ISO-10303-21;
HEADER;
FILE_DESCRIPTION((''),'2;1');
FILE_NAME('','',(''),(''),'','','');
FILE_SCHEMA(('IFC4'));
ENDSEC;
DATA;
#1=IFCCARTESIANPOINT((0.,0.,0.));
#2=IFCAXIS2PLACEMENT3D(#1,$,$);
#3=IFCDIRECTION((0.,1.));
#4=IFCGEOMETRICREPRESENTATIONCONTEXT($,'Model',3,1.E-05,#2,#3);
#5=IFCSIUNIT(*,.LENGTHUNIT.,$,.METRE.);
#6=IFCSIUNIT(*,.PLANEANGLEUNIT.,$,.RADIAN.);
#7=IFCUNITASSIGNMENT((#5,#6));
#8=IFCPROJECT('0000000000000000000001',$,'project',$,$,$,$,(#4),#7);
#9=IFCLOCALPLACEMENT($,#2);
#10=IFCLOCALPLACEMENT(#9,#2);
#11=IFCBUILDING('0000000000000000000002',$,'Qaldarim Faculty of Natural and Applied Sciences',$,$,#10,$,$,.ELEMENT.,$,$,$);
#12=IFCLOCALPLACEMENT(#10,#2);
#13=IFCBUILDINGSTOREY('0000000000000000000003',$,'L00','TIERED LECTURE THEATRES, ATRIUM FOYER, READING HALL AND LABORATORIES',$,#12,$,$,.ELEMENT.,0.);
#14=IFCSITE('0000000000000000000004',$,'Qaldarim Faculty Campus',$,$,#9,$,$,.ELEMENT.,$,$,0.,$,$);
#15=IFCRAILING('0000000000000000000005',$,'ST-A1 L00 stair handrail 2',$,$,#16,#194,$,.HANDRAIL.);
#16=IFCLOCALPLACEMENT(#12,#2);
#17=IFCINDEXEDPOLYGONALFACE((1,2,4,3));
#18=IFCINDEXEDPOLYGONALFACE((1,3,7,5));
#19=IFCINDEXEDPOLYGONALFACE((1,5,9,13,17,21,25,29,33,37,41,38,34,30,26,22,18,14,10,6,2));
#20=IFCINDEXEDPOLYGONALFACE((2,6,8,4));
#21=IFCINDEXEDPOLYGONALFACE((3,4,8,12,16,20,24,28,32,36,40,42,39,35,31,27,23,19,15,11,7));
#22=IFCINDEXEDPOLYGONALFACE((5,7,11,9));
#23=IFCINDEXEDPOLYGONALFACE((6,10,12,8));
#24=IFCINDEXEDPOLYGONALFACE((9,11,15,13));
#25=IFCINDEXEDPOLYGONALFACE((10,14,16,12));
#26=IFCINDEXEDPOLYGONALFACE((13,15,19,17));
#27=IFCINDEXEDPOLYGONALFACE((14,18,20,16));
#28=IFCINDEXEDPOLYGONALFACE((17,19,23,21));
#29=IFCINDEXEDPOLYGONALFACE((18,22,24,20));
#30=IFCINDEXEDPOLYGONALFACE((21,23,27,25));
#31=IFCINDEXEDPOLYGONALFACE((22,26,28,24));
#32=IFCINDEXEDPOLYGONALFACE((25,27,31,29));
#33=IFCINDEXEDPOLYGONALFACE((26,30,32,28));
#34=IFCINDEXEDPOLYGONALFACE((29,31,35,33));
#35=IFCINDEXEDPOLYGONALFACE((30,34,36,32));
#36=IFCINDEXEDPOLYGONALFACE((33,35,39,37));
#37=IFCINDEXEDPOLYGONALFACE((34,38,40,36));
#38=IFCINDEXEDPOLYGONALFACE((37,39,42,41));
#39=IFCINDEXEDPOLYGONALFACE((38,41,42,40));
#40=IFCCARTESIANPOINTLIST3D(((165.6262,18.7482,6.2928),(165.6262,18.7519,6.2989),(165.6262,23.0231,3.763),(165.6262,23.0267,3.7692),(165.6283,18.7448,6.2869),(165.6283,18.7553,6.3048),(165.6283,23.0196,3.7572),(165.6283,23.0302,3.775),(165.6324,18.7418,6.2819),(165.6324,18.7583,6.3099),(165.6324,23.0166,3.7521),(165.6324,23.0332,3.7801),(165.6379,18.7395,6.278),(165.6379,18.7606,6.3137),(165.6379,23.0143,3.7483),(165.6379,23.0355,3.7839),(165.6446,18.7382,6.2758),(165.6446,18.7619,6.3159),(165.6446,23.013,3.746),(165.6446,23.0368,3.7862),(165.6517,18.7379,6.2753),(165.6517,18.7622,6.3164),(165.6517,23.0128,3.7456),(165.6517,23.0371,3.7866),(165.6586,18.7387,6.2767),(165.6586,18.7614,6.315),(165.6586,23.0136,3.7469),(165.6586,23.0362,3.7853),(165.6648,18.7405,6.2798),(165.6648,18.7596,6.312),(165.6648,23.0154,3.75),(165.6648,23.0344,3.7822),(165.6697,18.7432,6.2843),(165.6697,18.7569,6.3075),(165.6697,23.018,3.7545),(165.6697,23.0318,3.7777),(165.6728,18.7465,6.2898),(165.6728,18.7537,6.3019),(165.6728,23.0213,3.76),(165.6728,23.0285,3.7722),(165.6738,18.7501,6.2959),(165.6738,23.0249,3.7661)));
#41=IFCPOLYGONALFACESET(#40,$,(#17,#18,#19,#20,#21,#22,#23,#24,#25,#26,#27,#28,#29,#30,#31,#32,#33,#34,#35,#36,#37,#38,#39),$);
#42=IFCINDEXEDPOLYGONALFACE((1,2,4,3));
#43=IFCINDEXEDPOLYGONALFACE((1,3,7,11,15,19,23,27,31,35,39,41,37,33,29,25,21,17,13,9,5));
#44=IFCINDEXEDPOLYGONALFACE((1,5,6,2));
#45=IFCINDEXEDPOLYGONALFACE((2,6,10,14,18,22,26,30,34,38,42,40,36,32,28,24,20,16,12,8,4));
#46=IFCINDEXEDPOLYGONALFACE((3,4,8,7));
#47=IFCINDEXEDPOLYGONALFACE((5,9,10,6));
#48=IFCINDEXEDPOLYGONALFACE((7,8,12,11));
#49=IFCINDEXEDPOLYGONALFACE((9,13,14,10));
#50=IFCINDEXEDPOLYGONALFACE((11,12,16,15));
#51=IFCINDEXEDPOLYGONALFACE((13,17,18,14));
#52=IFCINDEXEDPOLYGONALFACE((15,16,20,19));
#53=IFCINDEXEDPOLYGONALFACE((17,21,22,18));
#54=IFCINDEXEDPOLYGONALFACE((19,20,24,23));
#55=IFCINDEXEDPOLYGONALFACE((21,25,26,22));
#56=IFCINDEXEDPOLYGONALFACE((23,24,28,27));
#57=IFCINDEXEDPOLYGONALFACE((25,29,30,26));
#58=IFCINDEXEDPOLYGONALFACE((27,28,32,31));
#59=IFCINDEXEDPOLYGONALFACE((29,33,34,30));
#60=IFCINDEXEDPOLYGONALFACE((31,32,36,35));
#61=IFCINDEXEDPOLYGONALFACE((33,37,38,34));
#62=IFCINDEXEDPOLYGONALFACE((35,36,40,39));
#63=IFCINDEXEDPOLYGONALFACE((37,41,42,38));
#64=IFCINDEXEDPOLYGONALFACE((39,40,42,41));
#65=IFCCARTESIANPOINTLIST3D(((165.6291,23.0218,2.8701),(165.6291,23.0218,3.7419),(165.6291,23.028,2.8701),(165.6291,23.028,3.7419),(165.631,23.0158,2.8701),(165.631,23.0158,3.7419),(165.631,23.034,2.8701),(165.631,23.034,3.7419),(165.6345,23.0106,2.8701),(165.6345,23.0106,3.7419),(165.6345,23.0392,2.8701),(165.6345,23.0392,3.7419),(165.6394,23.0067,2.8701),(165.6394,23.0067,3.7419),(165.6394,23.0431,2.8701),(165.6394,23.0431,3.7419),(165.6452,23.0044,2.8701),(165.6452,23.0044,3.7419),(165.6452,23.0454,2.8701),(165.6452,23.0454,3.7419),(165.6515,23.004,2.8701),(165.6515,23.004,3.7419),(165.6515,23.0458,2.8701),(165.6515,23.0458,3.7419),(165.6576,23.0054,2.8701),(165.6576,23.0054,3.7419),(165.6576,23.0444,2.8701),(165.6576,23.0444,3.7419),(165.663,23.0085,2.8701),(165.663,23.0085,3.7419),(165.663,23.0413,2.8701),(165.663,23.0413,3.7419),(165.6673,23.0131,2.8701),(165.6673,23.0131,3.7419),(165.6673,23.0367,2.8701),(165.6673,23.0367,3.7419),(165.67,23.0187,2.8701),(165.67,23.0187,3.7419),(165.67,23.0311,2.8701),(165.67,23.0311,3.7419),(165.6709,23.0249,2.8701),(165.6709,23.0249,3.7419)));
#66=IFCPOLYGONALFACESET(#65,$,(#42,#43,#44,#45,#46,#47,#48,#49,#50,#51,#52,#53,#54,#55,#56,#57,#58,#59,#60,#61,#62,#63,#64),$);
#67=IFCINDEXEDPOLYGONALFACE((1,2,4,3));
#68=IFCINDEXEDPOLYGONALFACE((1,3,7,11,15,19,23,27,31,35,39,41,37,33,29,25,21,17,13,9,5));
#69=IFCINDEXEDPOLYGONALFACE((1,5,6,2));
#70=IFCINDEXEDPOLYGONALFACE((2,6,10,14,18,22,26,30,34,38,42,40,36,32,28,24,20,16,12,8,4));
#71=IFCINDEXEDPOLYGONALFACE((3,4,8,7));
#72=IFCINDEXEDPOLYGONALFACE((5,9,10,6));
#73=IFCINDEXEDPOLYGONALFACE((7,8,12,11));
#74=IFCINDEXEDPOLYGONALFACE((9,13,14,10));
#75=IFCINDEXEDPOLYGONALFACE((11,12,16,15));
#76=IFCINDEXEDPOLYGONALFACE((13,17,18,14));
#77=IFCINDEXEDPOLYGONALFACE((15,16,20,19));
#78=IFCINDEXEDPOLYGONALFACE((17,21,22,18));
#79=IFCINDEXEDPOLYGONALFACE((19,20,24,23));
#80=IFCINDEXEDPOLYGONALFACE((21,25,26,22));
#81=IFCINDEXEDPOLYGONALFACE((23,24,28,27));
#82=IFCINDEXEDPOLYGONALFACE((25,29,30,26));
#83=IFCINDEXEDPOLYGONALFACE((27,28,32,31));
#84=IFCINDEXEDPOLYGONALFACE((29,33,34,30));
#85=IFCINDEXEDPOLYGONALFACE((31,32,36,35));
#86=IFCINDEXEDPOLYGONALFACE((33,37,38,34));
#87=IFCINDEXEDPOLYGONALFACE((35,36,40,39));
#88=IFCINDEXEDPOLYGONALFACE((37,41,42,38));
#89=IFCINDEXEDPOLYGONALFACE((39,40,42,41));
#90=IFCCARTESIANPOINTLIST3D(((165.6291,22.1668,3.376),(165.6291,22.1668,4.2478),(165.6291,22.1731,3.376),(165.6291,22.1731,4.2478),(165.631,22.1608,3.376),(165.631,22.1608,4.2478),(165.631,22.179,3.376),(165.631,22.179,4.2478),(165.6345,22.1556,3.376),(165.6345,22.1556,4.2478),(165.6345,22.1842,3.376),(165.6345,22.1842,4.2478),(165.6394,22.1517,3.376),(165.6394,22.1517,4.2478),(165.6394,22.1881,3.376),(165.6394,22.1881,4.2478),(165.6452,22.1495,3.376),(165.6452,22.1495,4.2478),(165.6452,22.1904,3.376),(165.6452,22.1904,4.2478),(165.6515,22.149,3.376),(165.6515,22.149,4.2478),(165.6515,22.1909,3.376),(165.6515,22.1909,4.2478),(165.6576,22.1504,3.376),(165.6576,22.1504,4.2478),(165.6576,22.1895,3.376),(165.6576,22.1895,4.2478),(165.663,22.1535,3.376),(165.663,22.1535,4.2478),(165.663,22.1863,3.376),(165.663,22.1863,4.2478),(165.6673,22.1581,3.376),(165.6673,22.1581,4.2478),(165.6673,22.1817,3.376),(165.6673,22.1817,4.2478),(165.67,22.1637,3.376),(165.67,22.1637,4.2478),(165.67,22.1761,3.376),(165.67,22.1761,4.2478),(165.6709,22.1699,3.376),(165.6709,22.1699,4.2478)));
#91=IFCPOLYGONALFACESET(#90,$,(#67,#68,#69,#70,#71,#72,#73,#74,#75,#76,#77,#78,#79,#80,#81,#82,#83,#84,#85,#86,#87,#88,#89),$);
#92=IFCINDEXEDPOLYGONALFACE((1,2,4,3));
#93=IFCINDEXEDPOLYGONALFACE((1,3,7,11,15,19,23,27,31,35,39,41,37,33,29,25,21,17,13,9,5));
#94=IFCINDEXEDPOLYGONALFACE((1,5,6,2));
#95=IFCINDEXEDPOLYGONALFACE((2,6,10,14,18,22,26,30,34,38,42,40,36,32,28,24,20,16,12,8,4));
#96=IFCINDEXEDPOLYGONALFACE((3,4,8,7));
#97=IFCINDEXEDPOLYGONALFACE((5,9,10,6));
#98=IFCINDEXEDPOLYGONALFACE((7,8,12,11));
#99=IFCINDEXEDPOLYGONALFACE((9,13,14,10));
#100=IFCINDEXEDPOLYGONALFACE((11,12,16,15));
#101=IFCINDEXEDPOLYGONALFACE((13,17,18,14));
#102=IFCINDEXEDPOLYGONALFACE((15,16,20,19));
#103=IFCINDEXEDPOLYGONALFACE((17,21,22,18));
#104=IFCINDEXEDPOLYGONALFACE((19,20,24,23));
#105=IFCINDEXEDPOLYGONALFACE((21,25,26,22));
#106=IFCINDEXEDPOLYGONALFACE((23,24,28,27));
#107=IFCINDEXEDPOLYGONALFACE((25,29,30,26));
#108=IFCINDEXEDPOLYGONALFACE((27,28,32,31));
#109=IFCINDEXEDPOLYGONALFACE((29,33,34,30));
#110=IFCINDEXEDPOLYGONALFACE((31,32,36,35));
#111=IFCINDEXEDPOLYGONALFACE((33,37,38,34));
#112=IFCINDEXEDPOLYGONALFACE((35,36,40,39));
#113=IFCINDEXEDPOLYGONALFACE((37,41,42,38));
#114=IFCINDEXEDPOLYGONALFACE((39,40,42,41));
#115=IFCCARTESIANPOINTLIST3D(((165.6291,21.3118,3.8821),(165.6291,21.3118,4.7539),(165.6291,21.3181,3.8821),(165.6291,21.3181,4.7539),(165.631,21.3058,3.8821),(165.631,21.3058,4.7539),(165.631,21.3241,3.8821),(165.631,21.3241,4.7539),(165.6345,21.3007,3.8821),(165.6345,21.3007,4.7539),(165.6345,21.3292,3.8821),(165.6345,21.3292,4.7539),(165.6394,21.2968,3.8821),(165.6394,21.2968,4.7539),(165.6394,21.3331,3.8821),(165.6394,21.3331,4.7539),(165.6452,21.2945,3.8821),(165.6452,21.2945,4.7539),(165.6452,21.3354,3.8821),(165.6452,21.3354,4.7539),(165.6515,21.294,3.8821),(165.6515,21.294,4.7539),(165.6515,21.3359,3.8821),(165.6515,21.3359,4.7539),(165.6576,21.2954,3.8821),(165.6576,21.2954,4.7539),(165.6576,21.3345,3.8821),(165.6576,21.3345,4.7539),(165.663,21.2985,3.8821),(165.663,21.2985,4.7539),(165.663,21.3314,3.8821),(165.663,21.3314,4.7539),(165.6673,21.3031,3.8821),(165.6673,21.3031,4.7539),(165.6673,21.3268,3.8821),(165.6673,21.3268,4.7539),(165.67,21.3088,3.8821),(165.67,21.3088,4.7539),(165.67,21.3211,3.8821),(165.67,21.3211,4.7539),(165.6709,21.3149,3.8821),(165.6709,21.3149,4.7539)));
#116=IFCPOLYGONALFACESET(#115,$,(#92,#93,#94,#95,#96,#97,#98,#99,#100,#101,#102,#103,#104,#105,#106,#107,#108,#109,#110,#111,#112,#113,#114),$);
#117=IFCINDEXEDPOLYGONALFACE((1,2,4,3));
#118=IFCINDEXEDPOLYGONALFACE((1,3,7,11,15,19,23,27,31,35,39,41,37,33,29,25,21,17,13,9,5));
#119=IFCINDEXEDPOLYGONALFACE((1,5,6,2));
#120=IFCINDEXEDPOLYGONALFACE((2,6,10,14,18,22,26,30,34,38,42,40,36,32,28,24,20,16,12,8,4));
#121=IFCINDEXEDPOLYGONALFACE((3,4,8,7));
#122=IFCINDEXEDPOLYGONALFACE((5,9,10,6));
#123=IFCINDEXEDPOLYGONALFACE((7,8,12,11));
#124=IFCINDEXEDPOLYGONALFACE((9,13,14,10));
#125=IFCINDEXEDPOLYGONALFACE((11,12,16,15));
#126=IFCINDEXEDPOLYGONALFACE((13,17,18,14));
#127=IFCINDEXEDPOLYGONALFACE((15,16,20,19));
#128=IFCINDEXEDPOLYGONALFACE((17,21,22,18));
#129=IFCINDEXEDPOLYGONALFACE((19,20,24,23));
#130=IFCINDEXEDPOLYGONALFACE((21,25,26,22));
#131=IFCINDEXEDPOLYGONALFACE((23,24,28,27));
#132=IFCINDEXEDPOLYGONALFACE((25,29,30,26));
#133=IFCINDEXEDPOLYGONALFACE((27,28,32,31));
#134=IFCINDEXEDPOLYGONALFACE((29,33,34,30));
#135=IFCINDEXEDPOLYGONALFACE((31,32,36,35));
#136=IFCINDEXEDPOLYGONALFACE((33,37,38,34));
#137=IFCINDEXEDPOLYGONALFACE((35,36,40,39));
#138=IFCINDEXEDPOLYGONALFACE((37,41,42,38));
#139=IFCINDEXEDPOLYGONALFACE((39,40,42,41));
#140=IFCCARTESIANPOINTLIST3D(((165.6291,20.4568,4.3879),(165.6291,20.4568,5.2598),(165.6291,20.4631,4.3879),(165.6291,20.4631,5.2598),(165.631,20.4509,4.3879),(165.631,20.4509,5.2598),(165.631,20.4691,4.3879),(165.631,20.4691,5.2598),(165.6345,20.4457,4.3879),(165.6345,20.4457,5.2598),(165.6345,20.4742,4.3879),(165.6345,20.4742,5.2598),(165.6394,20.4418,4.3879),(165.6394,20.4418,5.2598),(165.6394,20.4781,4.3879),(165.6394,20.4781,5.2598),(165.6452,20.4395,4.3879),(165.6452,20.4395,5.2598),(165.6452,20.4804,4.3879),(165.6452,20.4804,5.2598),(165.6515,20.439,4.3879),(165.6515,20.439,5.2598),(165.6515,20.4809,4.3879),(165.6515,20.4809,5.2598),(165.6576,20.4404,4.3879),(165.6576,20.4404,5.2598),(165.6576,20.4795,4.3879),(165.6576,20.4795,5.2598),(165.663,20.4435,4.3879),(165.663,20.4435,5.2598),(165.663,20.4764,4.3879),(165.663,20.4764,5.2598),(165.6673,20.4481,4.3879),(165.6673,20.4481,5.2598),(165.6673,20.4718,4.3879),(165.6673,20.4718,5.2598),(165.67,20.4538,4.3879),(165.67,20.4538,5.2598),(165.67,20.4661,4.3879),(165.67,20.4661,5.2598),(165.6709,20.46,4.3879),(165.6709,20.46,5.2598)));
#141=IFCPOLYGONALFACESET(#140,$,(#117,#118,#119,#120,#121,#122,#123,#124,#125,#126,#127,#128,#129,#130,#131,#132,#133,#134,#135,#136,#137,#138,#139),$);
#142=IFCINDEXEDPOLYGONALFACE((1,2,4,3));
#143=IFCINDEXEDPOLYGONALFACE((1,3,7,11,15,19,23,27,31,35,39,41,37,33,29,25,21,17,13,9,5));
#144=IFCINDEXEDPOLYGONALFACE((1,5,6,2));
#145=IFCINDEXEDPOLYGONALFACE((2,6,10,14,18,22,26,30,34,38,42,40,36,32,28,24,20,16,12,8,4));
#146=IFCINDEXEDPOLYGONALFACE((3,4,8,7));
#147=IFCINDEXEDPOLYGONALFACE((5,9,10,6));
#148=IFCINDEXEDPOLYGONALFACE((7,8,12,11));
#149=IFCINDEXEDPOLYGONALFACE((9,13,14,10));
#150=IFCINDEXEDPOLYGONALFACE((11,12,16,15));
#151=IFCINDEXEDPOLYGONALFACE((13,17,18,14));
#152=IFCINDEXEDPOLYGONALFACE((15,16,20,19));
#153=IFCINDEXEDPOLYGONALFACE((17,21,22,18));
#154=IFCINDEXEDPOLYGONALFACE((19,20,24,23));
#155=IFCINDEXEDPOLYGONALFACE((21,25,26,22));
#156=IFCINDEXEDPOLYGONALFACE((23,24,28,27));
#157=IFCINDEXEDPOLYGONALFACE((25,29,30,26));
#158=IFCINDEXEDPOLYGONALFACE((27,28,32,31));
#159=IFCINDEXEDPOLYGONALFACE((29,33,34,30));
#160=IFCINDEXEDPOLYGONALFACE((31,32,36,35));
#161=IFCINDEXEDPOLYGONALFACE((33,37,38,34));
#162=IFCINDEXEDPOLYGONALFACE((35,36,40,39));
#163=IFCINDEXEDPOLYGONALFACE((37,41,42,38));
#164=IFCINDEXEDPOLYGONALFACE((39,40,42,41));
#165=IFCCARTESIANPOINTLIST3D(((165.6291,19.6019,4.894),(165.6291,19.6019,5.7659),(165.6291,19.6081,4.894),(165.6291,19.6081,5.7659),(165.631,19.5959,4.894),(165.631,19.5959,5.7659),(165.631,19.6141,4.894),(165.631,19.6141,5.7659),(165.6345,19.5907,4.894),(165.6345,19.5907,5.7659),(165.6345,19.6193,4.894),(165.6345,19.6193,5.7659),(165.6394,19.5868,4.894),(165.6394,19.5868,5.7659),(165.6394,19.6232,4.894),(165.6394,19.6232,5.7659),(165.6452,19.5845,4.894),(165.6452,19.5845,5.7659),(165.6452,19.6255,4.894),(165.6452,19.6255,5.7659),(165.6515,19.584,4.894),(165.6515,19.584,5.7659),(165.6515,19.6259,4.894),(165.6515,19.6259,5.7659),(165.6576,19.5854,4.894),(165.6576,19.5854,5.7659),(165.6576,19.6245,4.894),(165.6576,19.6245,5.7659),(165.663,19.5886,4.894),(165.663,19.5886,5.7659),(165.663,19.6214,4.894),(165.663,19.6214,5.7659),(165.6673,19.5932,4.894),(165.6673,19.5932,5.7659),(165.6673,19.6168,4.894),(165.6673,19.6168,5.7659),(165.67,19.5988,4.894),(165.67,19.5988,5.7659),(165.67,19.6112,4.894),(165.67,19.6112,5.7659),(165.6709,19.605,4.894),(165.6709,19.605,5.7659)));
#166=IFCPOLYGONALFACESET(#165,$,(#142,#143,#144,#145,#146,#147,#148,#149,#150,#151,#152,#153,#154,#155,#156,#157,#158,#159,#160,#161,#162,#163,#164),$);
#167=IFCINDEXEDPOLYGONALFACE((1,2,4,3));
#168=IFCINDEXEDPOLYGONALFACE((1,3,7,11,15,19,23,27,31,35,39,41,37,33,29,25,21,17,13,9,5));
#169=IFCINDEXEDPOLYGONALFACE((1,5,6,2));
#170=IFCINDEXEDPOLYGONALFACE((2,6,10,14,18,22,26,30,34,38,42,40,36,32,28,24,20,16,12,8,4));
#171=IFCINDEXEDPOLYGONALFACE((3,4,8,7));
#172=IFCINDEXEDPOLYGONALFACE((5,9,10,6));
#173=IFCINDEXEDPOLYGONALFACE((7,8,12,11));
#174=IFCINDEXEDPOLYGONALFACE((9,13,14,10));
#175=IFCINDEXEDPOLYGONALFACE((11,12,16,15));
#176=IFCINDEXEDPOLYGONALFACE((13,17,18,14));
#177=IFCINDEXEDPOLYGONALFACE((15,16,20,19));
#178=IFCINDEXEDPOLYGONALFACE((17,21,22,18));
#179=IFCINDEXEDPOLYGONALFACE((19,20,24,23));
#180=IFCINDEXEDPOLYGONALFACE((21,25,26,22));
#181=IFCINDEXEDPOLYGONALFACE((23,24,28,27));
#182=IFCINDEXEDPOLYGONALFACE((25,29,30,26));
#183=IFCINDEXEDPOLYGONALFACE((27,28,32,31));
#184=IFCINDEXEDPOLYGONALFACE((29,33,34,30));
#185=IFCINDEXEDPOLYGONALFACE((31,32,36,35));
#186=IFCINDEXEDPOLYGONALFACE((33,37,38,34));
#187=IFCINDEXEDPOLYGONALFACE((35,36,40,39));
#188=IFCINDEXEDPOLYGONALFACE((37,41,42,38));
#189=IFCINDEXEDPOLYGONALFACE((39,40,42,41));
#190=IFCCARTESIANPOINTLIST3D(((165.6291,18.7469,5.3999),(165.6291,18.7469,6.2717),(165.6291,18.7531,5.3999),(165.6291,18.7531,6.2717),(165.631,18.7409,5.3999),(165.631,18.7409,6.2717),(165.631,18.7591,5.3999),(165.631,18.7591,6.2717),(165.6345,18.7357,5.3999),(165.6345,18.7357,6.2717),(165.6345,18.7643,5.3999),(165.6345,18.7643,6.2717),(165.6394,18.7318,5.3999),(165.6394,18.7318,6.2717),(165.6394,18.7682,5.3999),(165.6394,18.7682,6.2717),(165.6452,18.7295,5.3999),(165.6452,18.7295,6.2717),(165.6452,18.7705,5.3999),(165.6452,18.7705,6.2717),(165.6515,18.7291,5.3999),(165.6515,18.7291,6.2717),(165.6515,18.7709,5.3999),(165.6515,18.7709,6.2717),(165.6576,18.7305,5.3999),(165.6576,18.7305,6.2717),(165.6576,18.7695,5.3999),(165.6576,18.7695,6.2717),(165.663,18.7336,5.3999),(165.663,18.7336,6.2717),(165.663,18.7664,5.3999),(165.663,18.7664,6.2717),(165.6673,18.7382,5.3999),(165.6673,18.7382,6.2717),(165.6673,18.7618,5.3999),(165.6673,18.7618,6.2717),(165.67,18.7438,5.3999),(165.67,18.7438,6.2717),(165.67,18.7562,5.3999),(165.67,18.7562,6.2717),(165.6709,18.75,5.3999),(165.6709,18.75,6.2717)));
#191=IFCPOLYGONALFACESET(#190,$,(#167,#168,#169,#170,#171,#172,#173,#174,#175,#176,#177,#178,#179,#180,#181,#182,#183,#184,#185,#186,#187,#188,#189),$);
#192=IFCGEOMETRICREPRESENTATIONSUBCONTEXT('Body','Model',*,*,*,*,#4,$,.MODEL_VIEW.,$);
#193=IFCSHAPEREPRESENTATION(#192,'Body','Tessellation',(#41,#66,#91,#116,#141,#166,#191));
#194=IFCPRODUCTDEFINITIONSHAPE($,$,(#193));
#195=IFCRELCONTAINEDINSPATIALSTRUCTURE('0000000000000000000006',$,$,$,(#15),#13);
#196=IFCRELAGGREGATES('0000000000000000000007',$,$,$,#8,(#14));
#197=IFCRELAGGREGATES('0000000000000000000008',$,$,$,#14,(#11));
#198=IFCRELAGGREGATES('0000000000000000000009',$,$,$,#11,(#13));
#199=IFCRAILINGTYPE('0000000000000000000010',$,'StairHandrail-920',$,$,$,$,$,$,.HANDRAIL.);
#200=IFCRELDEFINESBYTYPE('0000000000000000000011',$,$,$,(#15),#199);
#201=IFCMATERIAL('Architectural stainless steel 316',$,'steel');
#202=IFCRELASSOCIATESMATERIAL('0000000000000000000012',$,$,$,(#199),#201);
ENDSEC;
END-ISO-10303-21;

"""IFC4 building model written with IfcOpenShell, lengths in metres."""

from ifc_helpers import new_model, si_unit, direction, frame, origin, origin_2d, place, context, subcontext, project, spatial, circle, extrude, material, type_object, element, save


model = new_model("IFC4")

# Units and contexts
model_context = context("Model", 3, precision=1e-05, world=origin(), true_north=direction((0.0, 1.0)))
body_context = subcontext(model_context, "Body", "Model", "MODEL_VIEW")
ifc_project = project(units=[si_unit("LENGTHUNIT", "METRE"), si_unit("PLANEANGLEUNIT", "RADIAN")], contexts=[model_context])

# Site, building, storey
site_placement = place(None, origin())
site = spatial("IfcSite", under=ifc_project, at=site_placement, Name="Qaldarim Faculty Campus", CompositionType="ELEMENT", RefElevation=0.0)
building_placement = place(site_placement, origin())
building = spatial("IfcBuilding", under=site, at=building_placement, Name="Qaldarim Faculty of Natural and Applied Sciences", CompositionType="ELEMENT")
storey_placement = place(building_placement, origin())
storey = spatial("IfcBuildingStorey", under=building, at=storey_placement, Name="L00", Description="TIERED LECTURE THEATRES, ATRIUM FOYER, READING HALL AND LABORATORIES", CompositionType="ELEMENT", Elevation=0.0)

# Shared definitions
ifc_material_1 = material(Name="Architectural stainless steel 316", Category="steel")

# Railing
railing_type_1 = type_object("IfcRailingType", Name="StairHandrail-920", PredefinedType="HANDRAIL", material=ifc_material_1)
railing_1_placement = place(storey_placement, frame((165.6499, 23.0249, 2.8701)))
element("IfcRailing", 1, at=railing_1_placement, inside=storey, type_object=railing_type_1, Name="ST-A1 L00 stair handrail 2", PredefinedType="HANDRAIL", context=body_context, shape_type="SweptSolid", body=[
    extrude(circle(Radius=0.0239, at=origin_2d()), frame((0.0, 0.0, 0.896), z_axis=(0.0, -0.8606, 0.509282), x_axis=(1.0, 0.0, 0.0)), (0.0, 0.0, 1.0), 4.9673),
    extrude(circle(Radius=0.021, at=origin_2d()), origin(), (0.0, 0.0, 1.0), 0.8718),
    extrude(circle(Radius=0.021, at=origin_2d()), frame((0.0, -0.855, 0.5059)), (0.0, 0.0, 1.0), 0.8718),
    extrude(circle(Radius=0.021, at=origin_2d()), frame((0.0, -1.71, 1.012)), (0.0, 0.0, 1.0), 0.8718),
    extrude(circle(Radius=0.021, at=origin_2d()), frame((0.0, -2.5649, 1.5178)), (0.0, 0.0, 1.0), 0.8718),
    extrude(circle(Radius=0.021, at=origin_2d()), frame((0.0, -3.4199, 2.0239)), (0.0, 0.0, 1.0), 0.8718),
    extrude(circle(Radius=0.021, at=origin_2d()), frame((0.0, -4.2749, 2.5298)), (0.0, 0.0, 1.0), 0.8718),
])

save(model, "model.ifc")
